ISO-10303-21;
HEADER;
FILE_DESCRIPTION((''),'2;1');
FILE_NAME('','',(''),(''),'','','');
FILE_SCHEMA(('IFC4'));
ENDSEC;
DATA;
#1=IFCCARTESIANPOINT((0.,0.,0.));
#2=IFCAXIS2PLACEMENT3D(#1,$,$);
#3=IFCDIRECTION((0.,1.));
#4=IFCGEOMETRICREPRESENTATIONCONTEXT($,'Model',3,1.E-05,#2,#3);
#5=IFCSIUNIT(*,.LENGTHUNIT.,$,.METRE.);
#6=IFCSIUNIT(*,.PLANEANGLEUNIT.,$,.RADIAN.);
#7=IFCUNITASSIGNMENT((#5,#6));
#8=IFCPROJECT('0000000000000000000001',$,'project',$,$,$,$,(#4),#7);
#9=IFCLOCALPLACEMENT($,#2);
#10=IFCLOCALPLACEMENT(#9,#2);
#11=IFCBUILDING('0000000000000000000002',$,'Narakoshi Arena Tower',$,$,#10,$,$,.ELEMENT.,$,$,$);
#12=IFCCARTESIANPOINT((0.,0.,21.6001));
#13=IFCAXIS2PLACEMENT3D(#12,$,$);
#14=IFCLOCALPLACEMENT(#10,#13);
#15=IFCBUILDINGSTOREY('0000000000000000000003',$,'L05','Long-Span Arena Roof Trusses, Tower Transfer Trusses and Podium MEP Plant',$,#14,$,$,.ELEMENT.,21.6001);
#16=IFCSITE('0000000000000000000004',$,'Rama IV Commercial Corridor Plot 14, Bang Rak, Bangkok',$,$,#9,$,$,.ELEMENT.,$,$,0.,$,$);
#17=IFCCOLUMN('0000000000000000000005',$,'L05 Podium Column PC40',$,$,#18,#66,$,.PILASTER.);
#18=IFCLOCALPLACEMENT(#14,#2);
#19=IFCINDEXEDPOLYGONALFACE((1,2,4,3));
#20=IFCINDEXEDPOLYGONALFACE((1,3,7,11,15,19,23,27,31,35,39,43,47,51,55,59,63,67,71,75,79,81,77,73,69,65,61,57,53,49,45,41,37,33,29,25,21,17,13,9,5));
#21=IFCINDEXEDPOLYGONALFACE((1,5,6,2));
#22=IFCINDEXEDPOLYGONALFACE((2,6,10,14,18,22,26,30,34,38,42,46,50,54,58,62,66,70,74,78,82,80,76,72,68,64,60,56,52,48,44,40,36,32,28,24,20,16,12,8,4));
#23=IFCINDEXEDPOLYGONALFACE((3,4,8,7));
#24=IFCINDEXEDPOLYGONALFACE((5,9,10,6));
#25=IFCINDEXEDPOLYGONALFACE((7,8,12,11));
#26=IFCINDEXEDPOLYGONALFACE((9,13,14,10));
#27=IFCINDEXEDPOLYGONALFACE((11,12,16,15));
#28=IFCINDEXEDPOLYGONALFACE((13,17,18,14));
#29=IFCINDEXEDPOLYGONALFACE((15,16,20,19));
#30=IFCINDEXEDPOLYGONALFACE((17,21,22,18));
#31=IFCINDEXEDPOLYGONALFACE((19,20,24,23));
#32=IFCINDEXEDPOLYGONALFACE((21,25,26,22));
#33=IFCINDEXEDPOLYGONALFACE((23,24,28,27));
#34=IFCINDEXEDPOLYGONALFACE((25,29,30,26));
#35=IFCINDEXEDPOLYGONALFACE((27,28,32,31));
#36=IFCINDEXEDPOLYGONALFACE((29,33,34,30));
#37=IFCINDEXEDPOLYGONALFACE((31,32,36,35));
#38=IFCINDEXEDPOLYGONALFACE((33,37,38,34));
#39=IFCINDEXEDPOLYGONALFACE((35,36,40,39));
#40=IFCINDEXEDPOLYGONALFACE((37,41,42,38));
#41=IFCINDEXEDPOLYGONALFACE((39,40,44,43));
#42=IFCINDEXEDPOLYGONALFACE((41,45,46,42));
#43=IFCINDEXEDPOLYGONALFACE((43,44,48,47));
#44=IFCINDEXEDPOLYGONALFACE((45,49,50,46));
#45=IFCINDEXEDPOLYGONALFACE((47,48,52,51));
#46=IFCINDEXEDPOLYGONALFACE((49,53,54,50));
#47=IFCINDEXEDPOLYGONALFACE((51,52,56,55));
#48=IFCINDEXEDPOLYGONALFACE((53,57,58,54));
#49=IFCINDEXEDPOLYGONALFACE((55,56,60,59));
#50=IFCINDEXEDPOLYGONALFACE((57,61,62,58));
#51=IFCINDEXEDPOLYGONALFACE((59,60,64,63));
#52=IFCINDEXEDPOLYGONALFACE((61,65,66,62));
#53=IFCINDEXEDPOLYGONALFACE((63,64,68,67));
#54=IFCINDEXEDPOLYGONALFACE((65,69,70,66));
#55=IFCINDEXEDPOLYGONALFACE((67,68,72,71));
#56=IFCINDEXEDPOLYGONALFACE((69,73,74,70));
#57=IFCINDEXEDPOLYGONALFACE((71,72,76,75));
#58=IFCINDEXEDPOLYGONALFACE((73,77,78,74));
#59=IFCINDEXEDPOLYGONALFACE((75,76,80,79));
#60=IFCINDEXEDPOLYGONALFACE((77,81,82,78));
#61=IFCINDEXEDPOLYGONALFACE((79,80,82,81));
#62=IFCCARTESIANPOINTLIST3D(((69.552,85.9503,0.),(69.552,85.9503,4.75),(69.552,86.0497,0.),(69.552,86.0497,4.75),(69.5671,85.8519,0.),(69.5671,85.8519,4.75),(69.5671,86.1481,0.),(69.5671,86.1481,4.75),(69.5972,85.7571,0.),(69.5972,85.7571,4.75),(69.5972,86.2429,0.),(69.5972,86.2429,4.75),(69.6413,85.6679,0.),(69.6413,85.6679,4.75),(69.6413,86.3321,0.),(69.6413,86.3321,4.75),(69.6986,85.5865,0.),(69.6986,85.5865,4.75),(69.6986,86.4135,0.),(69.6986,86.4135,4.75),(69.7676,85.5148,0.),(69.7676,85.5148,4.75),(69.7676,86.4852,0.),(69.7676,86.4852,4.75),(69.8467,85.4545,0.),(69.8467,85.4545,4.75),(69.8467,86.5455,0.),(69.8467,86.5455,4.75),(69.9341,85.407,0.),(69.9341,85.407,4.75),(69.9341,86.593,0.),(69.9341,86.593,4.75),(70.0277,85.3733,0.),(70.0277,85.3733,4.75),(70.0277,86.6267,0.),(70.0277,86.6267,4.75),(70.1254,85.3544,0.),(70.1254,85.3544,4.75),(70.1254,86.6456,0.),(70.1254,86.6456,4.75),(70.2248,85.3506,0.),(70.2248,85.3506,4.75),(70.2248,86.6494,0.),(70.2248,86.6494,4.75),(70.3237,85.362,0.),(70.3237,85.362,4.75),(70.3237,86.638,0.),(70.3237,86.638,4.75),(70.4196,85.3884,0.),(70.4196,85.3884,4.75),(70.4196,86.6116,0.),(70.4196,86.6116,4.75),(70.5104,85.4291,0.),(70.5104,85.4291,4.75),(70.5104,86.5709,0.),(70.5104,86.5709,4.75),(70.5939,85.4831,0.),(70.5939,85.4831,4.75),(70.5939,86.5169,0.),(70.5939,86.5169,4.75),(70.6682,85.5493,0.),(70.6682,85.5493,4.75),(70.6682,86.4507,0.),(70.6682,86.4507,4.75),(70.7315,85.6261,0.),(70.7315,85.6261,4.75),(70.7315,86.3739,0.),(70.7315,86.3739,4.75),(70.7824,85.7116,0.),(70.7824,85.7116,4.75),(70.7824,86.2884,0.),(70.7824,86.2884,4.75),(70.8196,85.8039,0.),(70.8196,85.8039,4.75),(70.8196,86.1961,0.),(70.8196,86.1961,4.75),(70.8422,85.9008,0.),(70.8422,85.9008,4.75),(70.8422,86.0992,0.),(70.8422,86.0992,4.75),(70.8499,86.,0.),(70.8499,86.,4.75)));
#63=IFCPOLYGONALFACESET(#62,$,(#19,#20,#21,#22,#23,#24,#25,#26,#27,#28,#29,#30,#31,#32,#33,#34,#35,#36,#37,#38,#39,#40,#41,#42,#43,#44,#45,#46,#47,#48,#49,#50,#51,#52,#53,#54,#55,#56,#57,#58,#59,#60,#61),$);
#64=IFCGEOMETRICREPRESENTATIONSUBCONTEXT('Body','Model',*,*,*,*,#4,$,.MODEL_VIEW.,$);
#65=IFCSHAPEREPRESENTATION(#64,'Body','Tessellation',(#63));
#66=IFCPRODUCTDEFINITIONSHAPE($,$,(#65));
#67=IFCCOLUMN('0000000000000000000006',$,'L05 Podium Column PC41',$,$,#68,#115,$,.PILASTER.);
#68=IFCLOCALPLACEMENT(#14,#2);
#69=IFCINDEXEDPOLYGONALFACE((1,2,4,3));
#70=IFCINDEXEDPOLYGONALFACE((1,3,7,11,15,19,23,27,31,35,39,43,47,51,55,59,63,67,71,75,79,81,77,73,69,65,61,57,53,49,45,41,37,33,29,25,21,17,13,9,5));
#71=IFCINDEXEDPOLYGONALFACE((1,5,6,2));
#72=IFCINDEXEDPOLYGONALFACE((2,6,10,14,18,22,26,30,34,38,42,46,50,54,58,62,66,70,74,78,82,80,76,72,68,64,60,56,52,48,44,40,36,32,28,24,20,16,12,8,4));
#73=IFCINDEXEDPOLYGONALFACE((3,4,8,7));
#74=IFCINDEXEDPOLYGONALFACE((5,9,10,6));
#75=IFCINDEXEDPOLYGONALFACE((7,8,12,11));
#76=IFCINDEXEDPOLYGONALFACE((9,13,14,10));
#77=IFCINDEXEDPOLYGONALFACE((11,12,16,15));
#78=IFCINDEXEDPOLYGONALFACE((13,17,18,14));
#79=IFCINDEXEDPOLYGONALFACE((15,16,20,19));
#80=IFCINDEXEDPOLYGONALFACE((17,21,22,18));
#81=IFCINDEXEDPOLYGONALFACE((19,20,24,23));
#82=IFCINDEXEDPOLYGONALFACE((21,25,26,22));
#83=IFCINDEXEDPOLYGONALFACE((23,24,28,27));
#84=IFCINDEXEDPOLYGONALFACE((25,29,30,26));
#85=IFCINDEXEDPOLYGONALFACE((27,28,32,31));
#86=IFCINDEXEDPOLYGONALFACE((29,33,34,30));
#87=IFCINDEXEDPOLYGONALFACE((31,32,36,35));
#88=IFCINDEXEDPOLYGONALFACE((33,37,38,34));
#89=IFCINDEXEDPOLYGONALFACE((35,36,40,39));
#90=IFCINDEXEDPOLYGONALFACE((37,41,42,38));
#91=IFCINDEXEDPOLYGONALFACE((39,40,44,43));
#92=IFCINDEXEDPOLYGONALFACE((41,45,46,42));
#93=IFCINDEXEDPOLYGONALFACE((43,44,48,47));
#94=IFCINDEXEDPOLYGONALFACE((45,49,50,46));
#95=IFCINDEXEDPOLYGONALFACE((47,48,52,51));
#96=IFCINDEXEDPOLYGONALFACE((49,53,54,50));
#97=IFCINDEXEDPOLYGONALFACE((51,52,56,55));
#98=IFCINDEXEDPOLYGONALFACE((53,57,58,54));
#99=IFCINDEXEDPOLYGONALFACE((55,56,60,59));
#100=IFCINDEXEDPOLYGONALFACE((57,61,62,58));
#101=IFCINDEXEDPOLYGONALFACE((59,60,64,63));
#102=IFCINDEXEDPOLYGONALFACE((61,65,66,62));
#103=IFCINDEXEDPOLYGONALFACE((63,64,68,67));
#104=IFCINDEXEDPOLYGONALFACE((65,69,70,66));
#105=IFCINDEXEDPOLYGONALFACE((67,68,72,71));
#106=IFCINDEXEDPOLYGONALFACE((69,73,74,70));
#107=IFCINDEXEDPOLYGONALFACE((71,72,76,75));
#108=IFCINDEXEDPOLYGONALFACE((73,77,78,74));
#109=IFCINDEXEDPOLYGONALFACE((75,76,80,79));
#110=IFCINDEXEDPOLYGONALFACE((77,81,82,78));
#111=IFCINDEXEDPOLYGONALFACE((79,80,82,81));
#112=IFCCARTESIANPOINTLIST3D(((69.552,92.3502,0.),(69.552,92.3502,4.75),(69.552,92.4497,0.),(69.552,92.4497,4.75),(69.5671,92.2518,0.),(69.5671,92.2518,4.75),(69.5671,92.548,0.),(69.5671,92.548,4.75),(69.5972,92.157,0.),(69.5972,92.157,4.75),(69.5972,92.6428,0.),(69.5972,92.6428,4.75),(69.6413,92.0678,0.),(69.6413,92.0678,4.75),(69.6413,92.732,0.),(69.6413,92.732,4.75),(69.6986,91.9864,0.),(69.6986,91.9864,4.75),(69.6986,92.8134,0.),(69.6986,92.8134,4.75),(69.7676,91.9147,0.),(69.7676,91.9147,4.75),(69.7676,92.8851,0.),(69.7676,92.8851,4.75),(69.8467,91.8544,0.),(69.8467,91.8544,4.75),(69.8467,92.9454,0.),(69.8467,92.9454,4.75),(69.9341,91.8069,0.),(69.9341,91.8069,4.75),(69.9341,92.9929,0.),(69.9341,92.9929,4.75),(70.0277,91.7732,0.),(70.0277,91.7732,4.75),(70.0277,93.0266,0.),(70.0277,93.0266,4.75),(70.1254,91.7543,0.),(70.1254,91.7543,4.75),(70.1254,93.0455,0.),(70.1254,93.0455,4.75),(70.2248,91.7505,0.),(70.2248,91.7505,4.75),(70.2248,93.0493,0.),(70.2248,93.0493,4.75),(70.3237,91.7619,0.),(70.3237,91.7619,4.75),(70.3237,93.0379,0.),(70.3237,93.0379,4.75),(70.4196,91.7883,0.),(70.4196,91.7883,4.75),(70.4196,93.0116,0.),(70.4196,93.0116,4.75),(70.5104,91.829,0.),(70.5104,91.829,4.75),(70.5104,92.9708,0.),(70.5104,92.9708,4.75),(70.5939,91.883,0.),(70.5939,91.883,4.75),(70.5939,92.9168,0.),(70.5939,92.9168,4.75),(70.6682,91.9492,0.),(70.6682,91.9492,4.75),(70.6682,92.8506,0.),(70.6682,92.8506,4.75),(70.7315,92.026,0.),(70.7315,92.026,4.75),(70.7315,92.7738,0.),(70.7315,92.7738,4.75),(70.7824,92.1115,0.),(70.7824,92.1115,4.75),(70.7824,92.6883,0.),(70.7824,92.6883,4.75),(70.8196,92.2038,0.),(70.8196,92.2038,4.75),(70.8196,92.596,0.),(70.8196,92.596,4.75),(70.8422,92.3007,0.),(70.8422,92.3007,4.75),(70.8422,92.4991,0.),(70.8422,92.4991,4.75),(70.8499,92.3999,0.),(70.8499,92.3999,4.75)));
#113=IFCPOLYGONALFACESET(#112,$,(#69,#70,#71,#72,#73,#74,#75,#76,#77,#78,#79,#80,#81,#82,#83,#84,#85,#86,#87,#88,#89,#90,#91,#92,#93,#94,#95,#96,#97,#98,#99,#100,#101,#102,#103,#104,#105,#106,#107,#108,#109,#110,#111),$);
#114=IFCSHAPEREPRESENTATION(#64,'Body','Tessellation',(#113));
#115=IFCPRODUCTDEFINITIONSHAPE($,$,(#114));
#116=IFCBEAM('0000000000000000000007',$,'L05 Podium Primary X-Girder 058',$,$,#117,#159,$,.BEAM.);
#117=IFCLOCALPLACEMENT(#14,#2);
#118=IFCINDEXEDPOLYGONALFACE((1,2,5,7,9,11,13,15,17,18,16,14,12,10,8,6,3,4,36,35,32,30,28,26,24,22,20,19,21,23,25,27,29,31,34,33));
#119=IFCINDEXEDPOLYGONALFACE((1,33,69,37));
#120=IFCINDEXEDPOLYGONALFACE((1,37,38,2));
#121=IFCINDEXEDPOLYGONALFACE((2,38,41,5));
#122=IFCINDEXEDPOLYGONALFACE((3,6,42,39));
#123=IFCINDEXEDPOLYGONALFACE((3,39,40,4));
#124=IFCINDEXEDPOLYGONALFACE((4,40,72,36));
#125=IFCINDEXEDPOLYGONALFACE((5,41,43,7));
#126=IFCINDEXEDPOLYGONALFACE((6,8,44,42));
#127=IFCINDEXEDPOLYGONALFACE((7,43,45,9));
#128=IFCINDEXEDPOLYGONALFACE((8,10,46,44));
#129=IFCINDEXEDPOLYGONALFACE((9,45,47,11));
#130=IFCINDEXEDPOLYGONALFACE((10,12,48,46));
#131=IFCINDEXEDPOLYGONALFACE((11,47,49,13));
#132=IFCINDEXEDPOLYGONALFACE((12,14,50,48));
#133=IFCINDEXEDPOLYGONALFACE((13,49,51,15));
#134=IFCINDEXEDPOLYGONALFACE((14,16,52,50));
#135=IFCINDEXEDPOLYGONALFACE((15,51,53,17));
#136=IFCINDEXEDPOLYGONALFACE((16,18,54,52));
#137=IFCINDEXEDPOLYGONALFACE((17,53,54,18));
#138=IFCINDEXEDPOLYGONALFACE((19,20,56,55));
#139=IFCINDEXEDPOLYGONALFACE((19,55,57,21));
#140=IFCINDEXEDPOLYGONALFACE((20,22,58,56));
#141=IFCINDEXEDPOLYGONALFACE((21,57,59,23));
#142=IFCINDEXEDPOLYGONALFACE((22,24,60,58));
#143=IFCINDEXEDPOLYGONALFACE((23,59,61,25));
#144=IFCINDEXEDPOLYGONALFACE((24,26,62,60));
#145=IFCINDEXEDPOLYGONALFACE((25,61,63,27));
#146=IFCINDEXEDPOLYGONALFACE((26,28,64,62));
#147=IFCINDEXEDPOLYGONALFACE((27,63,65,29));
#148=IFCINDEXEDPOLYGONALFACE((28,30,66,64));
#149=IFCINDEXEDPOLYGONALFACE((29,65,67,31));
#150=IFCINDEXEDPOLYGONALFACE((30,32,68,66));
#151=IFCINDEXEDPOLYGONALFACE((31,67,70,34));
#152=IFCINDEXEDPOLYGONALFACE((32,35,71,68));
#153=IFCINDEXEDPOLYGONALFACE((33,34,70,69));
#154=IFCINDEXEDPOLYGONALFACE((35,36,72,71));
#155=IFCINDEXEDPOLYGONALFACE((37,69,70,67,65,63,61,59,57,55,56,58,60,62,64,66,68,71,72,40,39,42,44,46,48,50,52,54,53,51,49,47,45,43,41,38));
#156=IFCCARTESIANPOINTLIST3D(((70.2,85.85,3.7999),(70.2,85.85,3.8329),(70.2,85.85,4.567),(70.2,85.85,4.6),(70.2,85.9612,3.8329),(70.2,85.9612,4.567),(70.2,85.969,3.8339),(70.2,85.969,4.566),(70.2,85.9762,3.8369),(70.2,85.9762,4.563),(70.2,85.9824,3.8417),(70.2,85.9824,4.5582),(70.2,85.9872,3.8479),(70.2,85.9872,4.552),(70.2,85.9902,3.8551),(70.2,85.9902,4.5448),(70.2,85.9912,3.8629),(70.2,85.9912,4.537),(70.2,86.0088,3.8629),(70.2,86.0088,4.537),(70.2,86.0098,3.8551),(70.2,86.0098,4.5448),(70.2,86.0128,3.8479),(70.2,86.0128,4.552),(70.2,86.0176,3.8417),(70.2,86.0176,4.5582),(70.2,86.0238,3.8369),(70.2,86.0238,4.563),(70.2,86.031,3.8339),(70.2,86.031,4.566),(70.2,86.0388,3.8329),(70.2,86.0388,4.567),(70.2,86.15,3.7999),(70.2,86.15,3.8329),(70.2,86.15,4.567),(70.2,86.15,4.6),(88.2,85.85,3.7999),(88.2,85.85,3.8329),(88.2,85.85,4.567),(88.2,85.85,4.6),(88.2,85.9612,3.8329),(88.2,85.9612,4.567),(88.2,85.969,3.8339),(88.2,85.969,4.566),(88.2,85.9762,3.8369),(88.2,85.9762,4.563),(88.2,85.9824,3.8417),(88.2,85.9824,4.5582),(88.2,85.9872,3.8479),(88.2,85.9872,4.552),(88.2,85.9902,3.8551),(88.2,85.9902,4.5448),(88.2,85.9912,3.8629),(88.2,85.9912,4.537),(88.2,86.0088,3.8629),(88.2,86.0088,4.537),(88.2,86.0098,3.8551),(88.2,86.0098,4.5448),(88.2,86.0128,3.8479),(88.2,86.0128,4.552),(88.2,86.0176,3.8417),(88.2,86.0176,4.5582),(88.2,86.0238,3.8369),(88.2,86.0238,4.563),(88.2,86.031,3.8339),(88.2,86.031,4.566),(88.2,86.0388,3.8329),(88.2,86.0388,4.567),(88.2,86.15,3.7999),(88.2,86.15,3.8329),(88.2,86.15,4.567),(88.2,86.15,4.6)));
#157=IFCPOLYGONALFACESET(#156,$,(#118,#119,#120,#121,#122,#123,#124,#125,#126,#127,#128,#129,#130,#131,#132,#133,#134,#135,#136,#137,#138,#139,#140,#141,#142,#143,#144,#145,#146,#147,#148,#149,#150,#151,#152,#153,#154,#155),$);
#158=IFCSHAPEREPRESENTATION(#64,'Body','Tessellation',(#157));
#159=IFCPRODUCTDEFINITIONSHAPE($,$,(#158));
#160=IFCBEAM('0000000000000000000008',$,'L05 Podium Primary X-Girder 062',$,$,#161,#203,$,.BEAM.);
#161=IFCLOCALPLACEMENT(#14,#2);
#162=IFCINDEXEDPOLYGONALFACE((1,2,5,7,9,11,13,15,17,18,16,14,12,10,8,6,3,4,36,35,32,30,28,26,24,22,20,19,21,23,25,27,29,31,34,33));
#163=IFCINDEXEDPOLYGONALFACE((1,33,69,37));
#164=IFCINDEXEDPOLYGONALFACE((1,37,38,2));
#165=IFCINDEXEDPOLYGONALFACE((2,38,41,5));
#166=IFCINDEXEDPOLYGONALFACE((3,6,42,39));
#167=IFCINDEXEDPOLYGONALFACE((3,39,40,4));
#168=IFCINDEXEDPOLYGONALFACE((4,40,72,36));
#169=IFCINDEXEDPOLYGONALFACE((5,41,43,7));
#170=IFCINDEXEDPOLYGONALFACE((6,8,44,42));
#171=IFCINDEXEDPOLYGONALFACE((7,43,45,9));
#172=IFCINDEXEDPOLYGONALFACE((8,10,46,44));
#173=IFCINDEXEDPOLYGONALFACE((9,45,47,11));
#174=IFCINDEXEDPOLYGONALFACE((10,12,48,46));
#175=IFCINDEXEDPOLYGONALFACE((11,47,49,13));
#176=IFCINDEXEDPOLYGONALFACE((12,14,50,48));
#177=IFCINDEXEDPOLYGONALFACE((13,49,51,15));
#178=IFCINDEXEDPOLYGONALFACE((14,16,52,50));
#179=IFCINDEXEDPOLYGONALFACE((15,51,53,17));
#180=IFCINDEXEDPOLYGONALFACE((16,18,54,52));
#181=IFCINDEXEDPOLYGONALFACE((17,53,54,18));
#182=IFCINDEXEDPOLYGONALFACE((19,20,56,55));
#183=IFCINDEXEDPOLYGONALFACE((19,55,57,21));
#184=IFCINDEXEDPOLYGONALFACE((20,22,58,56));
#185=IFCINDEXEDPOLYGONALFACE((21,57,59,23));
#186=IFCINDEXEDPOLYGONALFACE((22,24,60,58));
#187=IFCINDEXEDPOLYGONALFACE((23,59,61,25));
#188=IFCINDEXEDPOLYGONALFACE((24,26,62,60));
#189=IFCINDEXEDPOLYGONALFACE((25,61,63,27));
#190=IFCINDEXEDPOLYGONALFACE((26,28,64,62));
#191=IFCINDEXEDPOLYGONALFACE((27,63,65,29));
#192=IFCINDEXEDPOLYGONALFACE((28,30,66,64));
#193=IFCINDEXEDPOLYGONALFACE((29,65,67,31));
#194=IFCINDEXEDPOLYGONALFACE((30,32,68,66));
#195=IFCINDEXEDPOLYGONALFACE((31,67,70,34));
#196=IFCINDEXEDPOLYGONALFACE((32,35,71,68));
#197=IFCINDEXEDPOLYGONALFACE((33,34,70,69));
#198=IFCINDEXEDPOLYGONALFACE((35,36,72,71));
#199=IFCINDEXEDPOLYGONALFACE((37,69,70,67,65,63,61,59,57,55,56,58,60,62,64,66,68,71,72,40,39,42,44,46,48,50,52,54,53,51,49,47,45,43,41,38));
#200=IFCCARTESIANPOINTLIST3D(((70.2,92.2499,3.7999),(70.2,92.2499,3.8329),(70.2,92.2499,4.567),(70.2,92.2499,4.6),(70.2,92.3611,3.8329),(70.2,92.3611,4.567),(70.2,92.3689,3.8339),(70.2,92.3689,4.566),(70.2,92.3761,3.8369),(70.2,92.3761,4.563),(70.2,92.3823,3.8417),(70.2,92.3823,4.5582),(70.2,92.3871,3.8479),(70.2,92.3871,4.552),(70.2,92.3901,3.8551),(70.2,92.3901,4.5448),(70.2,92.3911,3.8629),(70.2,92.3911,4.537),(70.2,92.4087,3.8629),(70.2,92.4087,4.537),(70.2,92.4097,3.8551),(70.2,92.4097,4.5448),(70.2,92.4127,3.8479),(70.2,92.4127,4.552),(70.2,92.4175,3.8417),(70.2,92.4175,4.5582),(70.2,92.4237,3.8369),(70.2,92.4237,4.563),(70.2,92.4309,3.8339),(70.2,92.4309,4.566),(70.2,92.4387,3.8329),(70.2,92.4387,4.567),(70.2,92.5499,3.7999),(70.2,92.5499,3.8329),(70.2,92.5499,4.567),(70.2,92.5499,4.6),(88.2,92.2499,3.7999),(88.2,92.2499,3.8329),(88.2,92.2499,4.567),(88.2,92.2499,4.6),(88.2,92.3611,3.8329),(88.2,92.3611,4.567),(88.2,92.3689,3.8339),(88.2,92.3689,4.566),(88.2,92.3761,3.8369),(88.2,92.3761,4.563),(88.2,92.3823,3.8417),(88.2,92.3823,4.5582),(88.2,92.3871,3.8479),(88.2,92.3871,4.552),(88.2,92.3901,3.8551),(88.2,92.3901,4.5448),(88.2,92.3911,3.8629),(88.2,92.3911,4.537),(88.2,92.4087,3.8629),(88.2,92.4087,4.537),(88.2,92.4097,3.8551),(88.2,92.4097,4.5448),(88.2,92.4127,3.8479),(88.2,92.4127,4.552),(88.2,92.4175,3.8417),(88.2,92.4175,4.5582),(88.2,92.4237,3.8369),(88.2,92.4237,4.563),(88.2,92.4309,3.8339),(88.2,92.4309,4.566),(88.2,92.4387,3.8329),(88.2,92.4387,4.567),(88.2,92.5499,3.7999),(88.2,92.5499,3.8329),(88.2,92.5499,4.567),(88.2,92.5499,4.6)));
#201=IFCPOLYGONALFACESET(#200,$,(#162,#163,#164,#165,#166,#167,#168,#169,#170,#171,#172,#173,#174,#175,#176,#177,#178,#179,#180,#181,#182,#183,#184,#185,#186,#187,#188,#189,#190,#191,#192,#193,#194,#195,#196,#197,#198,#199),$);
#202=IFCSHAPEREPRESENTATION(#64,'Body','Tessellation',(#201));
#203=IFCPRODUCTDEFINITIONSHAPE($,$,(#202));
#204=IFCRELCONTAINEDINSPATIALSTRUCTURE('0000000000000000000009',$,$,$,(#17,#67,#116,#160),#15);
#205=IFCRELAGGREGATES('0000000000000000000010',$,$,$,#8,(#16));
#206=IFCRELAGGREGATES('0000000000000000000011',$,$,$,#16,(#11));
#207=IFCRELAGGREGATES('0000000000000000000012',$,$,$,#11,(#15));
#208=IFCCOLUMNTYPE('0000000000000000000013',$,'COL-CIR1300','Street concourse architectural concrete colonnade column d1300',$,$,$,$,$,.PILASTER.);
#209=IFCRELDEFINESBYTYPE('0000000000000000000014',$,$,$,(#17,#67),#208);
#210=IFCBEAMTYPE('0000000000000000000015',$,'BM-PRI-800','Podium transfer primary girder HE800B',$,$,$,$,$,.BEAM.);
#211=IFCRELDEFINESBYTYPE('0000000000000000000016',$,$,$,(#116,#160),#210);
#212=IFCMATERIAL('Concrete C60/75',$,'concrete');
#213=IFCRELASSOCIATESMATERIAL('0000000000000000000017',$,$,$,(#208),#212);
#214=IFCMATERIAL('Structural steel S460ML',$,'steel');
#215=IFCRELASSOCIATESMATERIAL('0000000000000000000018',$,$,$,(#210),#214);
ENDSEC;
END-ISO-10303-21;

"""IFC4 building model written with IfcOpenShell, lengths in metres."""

from ifc_helpers import new_model, si_unit, direction, frame, origin, origin_2d, place, context, subcontext, project, spatial, circle, i_section, extrude, material, material_profile, profile_set, type_object, element, save


model = new_model("IFC4")

# Units and contexts
model_context = context("Model", 3, precision=1e-05, world=origin(), true_north=direction((0.0, 1.0)))
body_context = subcontext(model_context, "Body", "Model", "MODEL_VIEW")
ifc_project = project(units=[si_unit("LENGTHUNIT", "METRE"), si_unit("PLANEANGLEUNIT", "RADIAN")], contexts=[model_context])

# Site, building, storey
site_placement = place(None, origin())
site = spatial("IfcSite", under=ifc_project, at=site_placement, Name="Rama IV Commercial Corridor Plot 14, Bang Rak, Bangkok", CompositionType="ELEMENT", RefElevation=0.0)
building_placement = place(site_placement, origin())
building = spatial("IfcBuilding", under=site, at=building_placement, Name="Narakoshi Arena Tower", CompositionType="ELEMENT")
storey_placement = place(building_placement, frame((0.0, 0.0, 21.6001)))
storey = spatial("IfcBuildingStorey", under=building, at=storey_placement, Name="L05", Description="Long-Span Arena Roof Trusses, Tower Transfer Trusses and Podium MEP Plant", CompositionType="ELEMENT", Elevation=21.6001)

# Columns
ifc_material_1 = material(Name="Concrete C60/75", Category="concrete")
ifc_material_profile_1 = material_profile(ifc_material_1, circle(Radius=0.6499, at=origin_2d()), Name="RCC1300")
ifc_profile_set_1 = profile_set([ifc_material_profile_1], Name="Concrete C60/75")
column_type = type_object("IfcColumnType", Name="COL-CIR1300", Description="Street concourse architectural concrete colonnade column d1300", PredefinedType="PILASTER", material=ifc_profile_set_1)
for number, where, z_axis, x_axis, name in (
    (1, (70.2, 86.0, 0.0), (0.0, 0.0, 1.0), (1.0, 0.0, 0.0), "L05 Podium Column PC40"),
    (2, (70.2, 92.3999, 0.0), (0.0, 0.0, 1.0), (1.0, 0.0, 0.0), "L05 Podium Column PC41"),
):
    element("IfcColumn", number, at=place(storey_placement, frame(where, z_axis=z_axis, x_axis=x_axis)), inside=storey, type_object=column_type, Name=name, PredefinedType="PILASTER", context=body_context, shape_type="SweptSolid", body=[
        extrude(circle(Radius=0.6499, at=origin_2d()), origin(), (0.0, 0.0, 1.0), 4.75),
    ])

# Beams
ifc_material_2 = material(Name="Structural steel S460ML", Category="steel")
ifc_material_profile_2 = material_profile(ifc_material_2, i_section(OverallWidth=0.3, OverallDepth=0.8, WebThickness=0.0176, FlangeThickness=0.033, FilletRadius=0.03, at=origin_2d()), Name="HE800B")
ifc_profile_set_2 = profile_set([ifc_material_profile_2], Name="Structural steel S460ML")
beam_type_1 = type_object("IfcBeamType", Name="BM-PRI-800", Description="Podium transfer primary girder HE800B", PredefinedType="BEAM", material=ifc_profile_set_2)
for number, where, z_axis, x_axis, name in (
    (3, (70.2, 86.0, 4.2), (1.0, 0.0, 0.0), (0.0, 1.0, 0.0), "L05 Podium Primary X-Girder 058"),
    (4, (70.2, 92.3999, 4.2), (1.0, 0.0, 0.0), (0.0, 1.0, 0.0), "L05 Podium Primary X-Girder 062"),
):
    element("IfcBeam", number, at=place(storey_placement, frame(where, z_axis=z_axis, x_axis=x_axis)), inside=storey, type_object=beam_type_1, Name=name, PredefinedType="BEAM", context=body_context, shape_type="SweptSolid", body=[
        extrude(i_section(OverallWidth=0.3, OverallDepth=0.8, WebThickness=0.0176, FlangeThickness=0.033, FilletRadius=0.03, at=origin_2d()), origin(), (0.0, 0.0, 1.0), 18.0),
    ])

save(model, "model.ifc")
